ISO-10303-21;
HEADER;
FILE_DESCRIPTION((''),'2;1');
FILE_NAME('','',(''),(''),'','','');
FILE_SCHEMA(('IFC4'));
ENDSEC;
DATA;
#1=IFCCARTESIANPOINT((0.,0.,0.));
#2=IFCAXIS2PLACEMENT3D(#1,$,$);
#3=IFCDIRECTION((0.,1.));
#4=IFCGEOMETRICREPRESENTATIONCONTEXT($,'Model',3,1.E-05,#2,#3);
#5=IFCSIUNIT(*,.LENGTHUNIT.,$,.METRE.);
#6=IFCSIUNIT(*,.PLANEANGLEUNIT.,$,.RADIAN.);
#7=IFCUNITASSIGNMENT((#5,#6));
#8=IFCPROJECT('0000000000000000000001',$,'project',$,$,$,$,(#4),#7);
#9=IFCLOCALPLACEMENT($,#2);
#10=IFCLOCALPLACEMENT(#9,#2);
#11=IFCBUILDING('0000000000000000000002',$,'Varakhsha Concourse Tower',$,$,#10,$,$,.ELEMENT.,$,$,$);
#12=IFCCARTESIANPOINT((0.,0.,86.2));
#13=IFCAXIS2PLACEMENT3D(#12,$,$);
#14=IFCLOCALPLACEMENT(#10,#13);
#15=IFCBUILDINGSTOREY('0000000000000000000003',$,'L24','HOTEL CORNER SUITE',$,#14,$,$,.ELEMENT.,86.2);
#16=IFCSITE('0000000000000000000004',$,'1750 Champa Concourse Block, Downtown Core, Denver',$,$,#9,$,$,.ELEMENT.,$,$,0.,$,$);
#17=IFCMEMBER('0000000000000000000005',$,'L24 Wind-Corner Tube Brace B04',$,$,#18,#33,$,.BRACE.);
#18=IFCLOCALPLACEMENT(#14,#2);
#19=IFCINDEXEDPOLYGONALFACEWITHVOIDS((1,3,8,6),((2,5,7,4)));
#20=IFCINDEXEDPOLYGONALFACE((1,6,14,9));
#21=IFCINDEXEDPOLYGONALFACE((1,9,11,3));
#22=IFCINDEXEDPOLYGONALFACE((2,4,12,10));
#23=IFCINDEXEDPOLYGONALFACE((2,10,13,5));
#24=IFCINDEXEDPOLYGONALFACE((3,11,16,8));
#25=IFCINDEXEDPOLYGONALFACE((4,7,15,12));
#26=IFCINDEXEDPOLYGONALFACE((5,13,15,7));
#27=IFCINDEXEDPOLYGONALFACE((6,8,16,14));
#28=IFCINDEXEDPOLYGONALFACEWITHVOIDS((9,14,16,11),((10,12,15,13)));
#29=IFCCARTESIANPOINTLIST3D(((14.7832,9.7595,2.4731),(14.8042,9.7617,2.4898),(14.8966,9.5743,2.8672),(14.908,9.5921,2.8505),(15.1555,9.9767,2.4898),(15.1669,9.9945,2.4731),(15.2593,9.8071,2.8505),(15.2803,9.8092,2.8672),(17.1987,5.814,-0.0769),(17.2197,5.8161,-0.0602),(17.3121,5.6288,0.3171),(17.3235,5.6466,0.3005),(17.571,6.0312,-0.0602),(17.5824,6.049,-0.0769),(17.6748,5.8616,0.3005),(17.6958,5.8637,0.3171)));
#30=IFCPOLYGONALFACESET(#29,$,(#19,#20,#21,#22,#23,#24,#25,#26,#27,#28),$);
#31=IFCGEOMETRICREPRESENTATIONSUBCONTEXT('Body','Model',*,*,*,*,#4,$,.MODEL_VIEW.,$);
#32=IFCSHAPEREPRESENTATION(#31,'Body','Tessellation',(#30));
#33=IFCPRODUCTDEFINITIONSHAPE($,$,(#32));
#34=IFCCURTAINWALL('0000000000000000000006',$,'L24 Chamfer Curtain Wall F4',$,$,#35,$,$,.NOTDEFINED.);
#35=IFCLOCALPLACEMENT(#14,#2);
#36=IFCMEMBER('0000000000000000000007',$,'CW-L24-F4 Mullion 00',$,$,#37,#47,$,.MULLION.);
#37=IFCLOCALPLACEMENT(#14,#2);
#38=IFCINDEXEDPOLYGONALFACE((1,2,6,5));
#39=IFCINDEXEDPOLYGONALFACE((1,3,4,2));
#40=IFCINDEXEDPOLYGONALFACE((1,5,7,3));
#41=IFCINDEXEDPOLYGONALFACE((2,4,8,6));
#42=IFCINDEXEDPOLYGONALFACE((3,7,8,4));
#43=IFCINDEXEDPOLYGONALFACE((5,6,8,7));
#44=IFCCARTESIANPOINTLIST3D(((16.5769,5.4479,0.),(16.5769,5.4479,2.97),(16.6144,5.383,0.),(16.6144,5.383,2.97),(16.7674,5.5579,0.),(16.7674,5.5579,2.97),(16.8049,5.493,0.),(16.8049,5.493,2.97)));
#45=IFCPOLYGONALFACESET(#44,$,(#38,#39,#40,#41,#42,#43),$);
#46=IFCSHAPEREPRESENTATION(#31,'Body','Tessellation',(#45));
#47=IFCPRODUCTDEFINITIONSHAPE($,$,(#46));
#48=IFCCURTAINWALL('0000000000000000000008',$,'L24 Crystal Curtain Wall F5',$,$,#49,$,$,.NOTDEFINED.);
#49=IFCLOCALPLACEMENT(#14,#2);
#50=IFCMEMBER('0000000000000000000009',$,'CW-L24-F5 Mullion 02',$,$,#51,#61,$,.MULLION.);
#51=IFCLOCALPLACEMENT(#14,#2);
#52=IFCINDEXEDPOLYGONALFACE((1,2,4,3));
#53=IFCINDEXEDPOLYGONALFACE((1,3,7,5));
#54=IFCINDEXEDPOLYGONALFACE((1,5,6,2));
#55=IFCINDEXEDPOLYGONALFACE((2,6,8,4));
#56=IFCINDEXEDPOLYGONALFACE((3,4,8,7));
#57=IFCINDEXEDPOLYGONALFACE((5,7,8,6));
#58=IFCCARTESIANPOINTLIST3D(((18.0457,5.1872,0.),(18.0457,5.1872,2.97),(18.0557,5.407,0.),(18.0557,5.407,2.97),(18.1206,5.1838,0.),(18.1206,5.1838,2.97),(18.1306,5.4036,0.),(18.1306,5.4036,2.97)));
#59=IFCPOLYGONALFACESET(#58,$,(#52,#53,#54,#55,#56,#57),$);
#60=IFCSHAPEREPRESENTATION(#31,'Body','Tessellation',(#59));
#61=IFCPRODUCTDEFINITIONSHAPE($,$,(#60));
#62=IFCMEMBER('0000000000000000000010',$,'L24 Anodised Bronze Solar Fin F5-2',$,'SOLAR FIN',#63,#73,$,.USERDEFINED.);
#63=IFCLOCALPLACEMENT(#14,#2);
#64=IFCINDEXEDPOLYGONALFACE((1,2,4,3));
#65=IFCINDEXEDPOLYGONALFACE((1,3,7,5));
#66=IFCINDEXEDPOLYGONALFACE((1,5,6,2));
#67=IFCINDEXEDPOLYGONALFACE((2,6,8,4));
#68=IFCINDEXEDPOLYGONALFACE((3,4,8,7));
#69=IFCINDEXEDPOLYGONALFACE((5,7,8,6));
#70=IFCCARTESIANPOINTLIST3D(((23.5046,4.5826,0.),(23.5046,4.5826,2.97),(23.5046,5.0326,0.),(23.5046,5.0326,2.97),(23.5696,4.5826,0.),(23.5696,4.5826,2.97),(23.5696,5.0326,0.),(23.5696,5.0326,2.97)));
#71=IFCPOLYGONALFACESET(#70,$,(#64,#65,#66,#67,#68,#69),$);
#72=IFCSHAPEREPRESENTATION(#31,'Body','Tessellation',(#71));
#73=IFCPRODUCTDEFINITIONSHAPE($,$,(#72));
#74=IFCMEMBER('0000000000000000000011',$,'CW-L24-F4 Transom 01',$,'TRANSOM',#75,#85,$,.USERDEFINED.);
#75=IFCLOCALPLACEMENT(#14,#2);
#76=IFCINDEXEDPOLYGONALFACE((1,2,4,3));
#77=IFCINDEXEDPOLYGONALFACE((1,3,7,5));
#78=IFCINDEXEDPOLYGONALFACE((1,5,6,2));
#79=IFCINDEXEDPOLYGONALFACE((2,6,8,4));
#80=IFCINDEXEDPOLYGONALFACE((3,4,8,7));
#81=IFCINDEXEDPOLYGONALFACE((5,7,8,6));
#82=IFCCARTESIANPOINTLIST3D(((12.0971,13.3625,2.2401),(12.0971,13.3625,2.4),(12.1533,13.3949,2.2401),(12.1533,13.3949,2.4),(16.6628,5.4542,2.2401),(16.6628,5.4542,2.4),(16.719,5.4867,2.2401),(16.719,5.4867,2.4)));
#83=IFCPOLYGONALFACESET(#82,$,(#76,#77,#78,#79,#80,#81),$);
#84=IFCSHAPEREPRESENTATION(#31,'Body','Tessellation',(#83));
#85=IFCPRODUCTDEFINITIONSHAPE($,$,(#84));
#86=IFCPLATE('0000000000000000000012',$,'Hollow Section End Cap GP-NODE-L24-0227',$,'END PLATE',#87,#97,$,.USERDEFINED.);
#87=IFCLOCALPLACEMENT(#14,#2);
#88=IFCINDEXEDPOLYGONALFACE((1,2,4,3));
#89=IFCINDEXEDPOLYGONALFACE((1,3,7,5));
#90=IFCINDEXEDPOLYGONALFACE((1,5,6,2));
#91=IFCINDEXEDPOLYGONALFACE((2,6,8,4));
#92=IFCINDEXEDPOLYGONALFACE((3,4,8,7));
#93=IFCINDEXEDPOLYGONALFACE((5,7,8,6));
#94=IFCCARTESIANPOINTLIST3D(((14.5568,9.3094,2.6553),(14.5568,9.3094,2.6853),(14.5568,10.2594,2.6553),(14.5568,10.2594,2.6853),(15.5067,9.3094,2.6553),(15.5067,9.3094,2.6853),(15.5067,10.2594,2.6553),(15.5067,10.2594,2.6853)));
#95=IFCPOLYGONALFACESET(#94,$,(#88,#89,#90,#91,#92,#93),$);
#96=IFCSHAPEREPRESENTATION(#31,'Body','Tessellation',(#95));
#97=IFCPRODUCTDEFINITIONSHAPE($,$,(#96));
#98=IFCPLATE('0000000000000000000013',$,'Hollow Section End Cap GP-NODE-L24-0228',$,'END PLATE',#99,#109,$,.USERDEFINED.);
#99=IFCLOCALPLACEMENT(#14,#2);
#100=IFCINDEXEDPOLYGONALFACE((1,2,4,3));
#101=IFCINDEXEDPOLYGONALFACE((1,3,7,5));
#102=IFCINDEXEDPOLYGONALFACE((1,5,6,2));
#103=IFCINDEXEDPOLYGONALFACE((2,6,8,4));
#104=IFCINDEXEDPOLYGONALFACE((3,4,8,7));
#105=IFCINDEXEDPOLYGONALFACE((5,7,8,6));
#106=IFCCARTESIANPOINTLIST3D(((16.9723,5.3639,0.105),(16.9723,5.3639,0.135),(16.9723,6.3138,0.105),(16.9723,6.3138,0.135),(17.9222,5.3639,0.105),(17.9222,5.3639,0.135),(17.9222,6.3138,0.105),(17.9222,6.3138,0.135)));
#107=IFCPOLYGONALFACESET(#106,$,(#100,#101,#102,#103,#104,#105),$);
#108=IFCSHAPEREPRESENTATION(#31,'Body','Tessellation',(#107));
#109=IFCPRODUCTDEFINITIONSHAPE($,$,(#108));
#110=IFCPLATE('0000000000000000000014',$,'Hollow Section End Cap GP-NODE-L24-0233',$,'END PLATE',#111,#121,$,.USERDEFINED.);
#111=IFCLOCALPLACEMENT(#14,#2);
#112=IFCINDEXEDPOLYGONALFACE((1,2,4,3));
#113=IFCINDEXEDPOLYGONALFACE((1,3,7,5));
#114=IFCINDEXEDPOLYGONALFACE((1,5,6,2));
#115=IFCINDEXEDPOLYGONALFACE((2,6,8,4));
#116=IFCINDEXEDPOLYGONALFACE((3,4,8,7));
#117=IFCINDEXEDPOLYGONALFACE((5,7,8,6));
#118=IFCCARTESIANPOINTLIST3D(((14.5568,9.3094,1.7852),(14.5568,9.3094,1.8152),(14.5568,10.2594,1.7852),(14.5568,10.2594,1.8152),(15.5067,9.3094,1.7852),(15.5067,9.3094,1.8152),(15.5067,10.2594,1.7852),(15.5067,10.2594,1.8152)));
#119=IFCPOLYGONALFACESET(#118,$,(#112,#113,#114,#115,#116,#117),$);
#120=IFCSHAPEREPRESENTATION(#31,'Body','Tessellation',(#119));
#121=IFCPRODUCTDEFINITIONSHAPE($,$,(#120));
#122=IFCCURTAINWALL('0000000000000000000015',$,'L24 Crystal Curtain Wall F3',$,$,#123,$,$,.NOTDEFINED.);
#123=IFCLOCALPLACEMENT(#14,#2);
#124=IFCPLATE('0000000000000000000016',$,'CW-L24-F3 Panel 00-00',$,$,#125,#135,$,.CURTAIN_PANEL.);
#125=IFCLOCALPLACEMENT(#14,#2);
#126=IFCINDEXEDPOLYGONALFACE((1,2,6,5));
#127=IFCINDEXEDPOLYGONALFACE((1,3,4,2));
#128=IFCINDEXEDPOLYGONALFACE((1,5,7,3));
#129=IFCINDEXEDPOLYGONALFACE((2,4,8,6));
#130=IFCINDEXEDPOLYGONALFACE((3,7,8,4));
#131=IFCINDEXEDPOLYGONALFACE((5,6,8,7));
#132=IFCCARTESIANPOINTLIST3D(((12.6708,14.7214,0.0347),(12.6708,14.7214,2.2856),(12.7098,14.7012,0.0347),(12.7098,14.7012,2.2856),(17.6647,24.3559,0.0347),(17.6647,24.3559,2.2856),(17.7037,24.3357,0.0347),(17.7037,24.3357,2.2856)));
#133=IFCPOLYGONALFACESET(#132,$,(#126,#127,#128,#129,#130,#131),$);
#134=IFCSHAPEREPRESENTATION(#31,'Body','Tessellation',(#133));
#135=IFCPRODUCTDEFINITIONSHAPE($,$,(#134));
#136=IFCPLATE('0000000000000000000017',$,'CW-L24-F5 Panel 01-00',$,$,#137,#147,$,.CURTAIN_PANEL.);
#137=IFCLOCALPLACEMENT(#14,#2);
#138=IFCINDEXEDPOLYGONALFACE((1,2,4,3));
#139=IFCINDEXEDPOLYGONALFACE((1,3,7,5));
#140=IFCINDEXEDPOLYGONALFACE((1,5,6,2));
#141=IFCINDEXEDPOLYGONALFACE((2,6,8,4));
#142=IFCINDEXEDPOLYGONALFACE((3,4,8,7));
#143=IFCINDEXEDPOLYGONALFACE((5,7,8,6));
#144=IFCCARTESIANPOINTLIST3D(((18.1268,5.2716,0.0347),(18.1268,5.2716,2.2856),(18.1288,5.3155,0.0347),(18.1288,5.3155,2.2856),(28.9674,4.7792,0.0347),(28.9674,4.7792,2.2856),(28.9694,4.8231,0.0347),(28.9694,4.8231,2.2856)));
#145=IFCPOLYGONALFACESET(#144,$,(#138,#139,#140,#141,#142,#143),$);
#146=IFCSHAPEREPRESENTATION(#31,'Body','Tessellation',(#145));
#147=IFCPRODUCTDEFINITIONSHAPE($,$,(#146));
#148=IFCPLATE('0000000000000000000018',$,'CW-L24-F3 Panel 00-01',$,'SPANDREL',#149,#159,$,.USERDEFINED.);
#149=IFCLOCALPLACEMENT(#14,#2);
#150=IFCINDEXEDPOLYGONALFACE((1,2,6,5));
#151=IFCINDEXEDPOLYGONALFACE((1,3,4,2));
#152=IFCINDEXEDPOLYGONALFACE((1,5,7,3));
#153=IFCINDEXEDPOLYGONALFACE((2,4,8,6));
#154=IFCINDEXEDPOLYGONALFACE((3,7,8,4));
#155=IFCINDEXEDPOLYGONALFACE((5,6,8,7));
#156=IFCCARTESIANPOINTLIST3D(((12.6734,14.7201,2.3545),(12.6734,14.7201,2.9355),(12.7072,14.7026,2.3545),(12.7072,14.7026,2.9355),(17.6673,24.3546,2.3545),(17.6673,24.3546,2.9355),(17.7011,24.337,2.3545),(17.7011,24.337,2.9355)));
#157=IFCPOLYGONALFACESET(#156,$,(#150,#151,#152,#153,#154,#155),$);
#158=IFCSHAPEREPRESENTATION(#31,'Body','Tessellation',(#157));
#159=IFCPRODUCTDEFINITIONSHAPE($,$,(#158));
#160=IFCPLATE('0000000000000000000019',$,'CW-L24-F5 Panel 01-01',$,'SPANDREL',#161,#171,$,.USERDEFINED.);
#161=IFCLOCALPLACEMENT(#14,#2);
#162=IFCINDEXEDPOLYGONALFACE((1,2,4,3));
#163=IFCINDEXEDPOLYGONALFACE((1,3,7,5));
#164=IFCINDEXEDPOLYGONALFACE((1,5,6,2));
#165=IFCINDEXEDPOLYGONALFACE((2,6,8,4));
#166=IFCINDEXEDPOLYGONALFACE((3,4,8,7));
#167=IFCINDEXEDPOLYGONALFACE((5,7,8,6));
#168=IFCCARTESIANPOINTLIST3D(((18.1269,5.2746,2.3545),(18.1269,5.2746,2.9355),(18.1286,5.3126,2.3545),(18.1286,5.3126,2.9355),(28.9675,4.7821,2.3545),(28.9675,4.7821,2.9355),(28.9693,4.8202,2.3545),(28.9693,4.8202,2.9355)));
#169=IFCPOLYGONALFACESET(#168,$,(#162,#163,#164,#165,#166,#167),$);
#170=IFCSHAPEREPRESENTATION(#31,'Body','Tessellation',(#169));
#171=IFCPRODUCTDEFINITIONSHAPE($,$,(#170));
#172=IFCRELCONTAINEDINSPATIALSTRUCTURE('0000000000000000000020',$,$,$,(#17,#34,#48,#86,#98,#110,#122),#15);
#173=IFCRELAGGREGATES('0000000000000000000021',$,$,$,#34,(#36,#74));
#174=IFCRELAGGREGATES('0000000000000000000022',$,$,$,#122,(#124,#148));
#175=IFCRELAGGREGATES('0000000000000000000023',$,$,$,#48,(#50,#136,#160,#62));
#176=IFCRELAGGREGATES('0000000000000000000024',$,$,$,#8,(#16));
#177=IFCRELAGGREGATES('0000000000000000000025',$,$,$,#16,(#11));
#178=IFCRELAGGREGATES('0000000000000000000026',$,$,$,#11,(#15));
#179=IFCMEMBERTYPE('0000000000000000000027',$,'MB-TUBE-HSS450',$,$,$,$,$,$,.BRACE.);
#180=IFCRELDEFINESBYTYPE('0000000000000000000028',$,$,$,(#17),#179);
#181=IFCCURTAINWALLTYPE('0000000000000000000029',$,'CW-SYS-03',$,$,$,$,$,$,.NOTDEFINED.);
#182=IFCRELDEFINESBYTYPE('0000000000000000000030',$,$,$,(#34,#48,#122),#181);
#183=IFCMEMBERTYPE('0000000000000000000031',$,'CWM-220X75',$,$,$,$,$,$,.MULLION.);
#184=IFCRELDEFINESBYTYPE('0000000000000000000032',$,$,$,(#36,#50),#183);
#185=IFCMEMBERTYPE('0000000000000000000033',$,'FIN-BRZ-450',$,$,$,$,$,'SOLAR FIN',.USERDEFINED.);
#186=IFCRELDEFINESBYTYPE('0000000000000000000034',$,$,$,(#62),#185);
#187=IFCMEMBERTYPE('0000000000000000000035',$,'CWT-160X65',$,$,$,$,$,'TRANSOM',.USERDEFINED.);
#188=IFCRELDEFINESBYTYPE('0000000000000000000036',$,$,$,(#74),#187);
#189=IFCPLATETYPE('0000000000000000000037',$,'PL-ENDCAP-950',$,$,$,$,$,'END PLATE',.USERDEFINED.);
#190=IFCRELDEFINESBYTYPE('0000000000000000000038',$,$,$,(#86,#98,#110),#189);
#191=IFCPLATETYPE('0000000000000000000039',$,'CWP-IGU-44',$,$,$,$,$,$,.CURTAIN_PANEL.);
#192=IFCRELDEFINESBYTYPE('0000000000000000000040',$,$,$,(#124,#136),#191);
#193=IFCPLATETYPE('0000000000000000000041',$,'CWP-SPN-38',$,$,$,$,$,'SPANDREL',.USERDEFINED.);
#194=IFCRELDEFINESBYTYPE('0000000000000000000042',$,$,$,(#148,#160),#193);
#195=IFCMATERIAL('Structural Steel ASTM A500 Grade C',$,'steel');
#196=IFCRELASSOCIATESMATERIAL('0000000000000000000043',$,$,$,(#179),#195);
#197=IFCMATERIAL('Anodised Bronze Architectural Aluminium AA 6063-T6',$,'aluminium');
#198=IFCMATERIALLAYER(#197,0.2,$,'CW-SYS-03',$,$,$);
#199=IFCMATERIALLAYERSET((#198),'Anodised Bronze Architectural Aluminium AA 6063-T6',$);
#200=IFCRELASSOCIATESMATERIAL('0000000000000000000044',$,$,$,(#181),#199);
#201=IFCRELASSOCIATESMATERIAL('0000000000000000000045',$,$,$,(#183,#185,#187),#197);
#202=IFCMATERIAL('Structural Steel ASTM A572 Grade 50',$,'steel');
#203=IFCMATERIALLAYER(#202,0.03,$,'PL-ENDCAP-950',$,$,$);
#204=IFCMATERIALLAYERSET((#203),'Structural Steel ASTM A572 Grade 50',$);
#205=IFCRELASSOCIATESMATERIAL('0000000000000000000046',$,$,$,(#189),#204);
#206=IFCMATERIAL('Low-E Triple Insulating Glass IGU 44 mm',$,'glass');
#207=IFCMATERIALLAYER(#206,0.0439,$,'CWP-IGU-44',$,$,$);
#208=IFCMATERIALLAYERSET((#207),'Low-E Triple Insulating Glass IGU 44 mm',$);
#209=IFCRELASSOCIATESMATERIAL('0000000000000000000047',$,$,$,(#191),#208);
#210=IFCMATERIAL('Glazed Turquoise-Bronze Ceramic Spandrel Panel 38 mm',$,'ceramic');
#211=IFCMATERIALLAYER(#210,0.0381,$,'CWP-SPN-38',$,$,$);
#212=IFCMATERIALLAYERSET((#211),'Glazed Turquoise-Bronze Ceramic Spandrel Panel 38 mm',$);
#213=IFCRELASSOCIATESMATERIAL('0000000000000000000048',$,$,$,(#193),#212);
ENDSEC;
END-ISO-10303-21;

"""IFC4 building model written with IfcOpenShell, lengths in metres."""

from ifc_helpers import new_model, si_unit, direction, frame, origin, origin_2d, place, context, subcontext, project, spatial, rectangle, hollow_rectangle, extrude, source, transform, mapped, material, layer, layer_set, material_profile, profile_set, type_object, type_shapes, element, aggregate, save


model = new_model("IFC4")

# Units and contexts
model_context = context("Model", 3, precision=1e-05, world=origin(), true_north=direction((0.0, 1.0)))
body_context = subcontext(model_context, "Body", "Model", "MODEL_VIEW")
ifc_project = project(units=[si_unit("LENGTHUNIT", "METRE"), si_unit("PLANEANGLEUNIT", "RADIAN")], contexts=[model_context])

# Site, building, storey
site_placement = place(None, origin())
site = spatial("IfcSite", under=ifc_project, at=site_placement, Name="1750 Champa Concourse Block, Downtown Core, Denver", CompositionType="ELEMENT", RefElevation=0.0)
building_placement = place(site_placement, origin())
building = spatial("IfcBuilding", under=site, at=building_placement, Name="Varakhsha Concourse Tower", CompositionType="ELEMENT")
storey_placement = place(building_placement, frame((0.0, 0.0, 86.2)))
storey = spatial("IfcBuildingStorey", under=building, at=storey_placement, Name="L24", Description="HOTEL CORNER SUITE", CompositionType="ELEMENT", Elevation=86.2)

# Shared definitions
ifc_material_1 = material(Name="Structural Steel ASTM A572 Grade 50", Category="steel")

# Member
ifc_material_2 = material(Name="Structural Steel ASTM A500 Grade C", Category="steel")
ifc_material_profile_1 = material_profile(ifc_material_2, hollow_rectangle(XDim=0.45, YDim=0.45, WallThickness=0.019, at=origin_2d()), Name="HSS 450x450x19")
ifc_profile_set_1 = profile_set([ifc_material_profile_1], Name="Structural Steel ASTM A500 Grade C")
member_type_1 = type_object("IfcMemberType", Name="MB-TUBE-HSS450", PredefinedType="BRACE", material=ifc_profile_set_1)
shared_shape_1 = source(origin(), body_context, "Body", "SweptSolid", [
    extrude(hollow_rectangle(XDim=0.45, YDim=0.45, WallThickness=0.019, at=origin_2d()), origin(), (0.0, 0.0, 1.0), 5.2825),
])
type_shapes(member_type_1, [shared_shape_1])
member_1_placement = place(storey_placement, frame((17.4473, 5.8389, 0.1201), z_axis=(-0.457269, 0.746909, 0.482734), x_axis=(-0.852863, -0.522135, 0.0)))
element("IfcMember", 1, at=member_1_placement, inside=storey, type_object=member_type_1, Name="L24 Wind-Corner Tube Brace B04", PredefinedType="BRACE", context=body_context, shape_type="MappedRepresentation", body=[
    mapped(shared_shape_1, transform((0.0, 0.0, 0.0), scale=1.0)),
])

# Curtain wall, member
ifc_material_3 = material(Name="Anodised Bronze Architectural Aluminium AA 6063-T6", Category="aluminium")
ifc_layer_1 = layer(ifc_material_3, 0.2, Name="CW-SYS-03")
ifc_layer_set_1 = layer_set([ifc_layer_1], Name="Anodised Bronze Architectural Aluminium AA 6063-T6")
curtain_wall_type = type_object("IfcCurtainWallType", Name="CW-SYS-03", PredefinedType="NOTDEFINED", material=ifc_layer_set_1)
curtain_wall_1_placement = place(storey_placement, origin())
curtain_wall_1 = element("IfcCurtainWall", 2, at=curtain_wall_1_placement, inside=storey, type_object=curtain_wall_type, Name="L24 Chamfer Curtain Wall F4", PredefinedType="NOTDEFINED")
ifc_material_profile_2 = material_profile(ifc_material_3, rectangle(XDim=0.075, YDim=0.22, at=origin_2d()), Name="CWM-220X75")
ifc_profile_set_2 = profile_set([ifc_material_profile_2], Name="Anodised Bronze Architectural Aluminium AA 6063-T6")
member_type_2 = type_object("IfcMemberType", Name="CWM-220X75", PredefinedType="MULLION", material=ifc_profile_set_2)
shared_shape_2 = source(origin(), body_context, "Body", "SweptSolid", [
    extrude(rectangle(XDim=0.075, YDim=0.22, at=origin_2d()), origin(), (0.0, 0.0, 1.0), 2.97),
])
type_shapes(member_type_2, [shared_shape_2])
member_2_placement = place(storey_placement, frame((16.6909, 5.4705, 0.0), z_axis=(0.0, 0.0, 1.0), x_axis=(-0.499997, 0.866027, 0.0)))
member_2 = element("IfcMember", 3, at=member_2_placement, type_object=member_type_2, Name="CW-L24-F4 Mullion 00", PredefinedType="MULLION", context=body_context, shape_type="MappedRepresentation", body=[
    mapped(shared_shape_2, transform((0.0, 0.0, 0.0), scale=1.0)),
])

# Curtain wall, members
curtain_wall_2_placement = place(storey_placement, origin())
curtain_wall_2 = element("IfcCurtainWall", 4, at=curtain_wall_2_placement, inside=storey, type_object=curtain_wall_type, Name="L24 Crystal Curtain Wall F5", PredefinedType="NOTDEFINED")
member_3_placement = place(storey_placement, frame((18.0881, 5.2954, 0.0), z_axis=(0.0, 0.0, 1.0), x_axis=(-0.99897, 0.04538, 0.0)))
member_3 = element("IfcMember", 5, at=member_3_placement, type_object=member_type_2, Name="CW-L24-F5 Mullion 02", PredefinedType="MULLION", context=body_context, shape_type="MappedRepresentation", body=[
    mapped(shared_shape_2, transform((0.0, 0.0, 0.0), scale=1.0)),
])
ifc_material_profile_3 = material_profile(ifc_material_3, rectangle(XDim=0.0649, YDim=0.45, at=origin_2d()), Name="FIN-BRZ-450")
ifc_profile_set_3 = profile_set([ifc_material_profile_3], Name="Anodised Bronze Architectural Aluminium AA 6063-T6")
member_type_3 = type_object("IfcMemberType", Name="FIN-BRZ-450", ElementType="SOLAR FIN", PredefinedType="USERDEFINED", material=ifc_profile_set_3)
shared_shape_3 = source(origin(), body_context, "Body", "SweptSolid", [
    extrude(rectangle(XDim=0.0649, YDim=0.45, at=origin_2d()), origin(), (0.0, 0.0, 1.0), 2.97),
])
type_shapes(member_type_3, [shared_shape_3])
member_4_placement = place(storey_placement, frame((23.5371, 4.8076, 0.0), z_axis=(0.0, 0.0, 1.0), x_axis=(1.0, 0.0, 0.0)))
member_4 = element("IfcMember", 6, at=member_4_placement, type_object=member_type_3, Name="L24 Anodised Bronze Solar Fin F5-2", ObjectType="SOLAR FIN", PredefinedType="USERDEFINED", context=body_context, shape_type="MappedRepresentation", body=[
    mapped(shared_shape_3, transform((0.0, 0.0, 0.0), scale=1.0)),
])

# Member
ifc_material_profile_4 = material_profile(ifc_material_3, rectangle(XDim=0.0649, YDim=0.1599, at=origin_2d()), Name="CWT-160X65")
ifc_profile_set_4 = profile_set([ifc_material_profile_4], Name="Anodised Bronze Architectural Aluminium AA 6063-T6")
member_type_4 = type_object("IfcMemberType", Name="CWT-160X65", ElementType="TRANSOM", PredefinedType="USERDEFINED", material=ifc_profile_set_4)
shared_shape_4 = source(origin(), body_context, "Body", "SweptSolid", [
    extrude(rectangle(XDim=0.0649, YDim=0.1599, at=origin_2d()), origin(), (0.0, 0.0, 1.0), 9.1316),
])
type_shapes(member_type_4, [shared_shape_4])
member_5_placement = place(storey_placement, frame((16.6909, 5.4705, 2.3201), z_axis=(-0.499989, 0.866032, 0.0), x_axis=(-0.866032, -0.499989, 0.0)))
member_5 = element("IfcMember", 7, at=member_5_placement, type_object=member_type_4, Name="CW-L24-F4 Transom 01", ObjectType="TRANSOM", PredefinedType="USERDEFINED", context=body_context, shape_type="MappedRepresentation", body=[
    mapped(shared_shape_4, transform((0.0, 0.0, 0.0), scale=1.0)),
])
aggregate(curtain_wall_1, [member_2, member_5])

# Plates
ifc_layer_2 = layer(ifc_material_1, 0.03, Name="PL-ENDCAP-950")
ifc_layer_set_2 = layer_set([ifc_layer_2], Name="Structural Steel ASTM A572 Grade 50")
plate_type_1 = type_object("IfcPlateType", Name="PL-ENDCAP-950", ElementType="END PLATE", PredefinedType="USERDEFINED", material=ifc_layer_set_2)
shared_shape_5 = source(origin(), body_context, "Body", "SweptSolid", [
    extrude(rectangle(XDim=0.95, YDim=0.95, at=origin_2d()), origin(), (0.0, 0.0, 1.0), 0.03),
])
type_shapes(plate_type_1, [shared_shape_5])
for number, where, z_axis, x_axis, name in (
    (8, (15.0317, 9.7844, 2.6553), (0.0, 0.0, 1.0), (1.0, 0.0, 0.0), "Hollow Section End Cap GP-NODE-L24-0227"),
    (9, (17.4473, 5.8389, 0.105), (0.0, 0.0, 1.0), (1.0, 0.0, 0.0), "Hollow Section End Cap GP-NODE-L24-0228"),
    (10, (15.0317, 9.7844, 1.7852), (0.0, 0.0, 1.0), (1.0, 0.0, 0.0), "Hollow Section End Cap GP-NODE-L24-0233"),
):
    element("IfcPlate", number, at=place(storey_placement, frame(where, z_axis=z_axis, x_axis=x_axis)), inside=storey, type_object=plate_type_1, Name=name, ObjectType="END PLATE", PredefinedType="USERDEFINED", context=body_context, shape_type="MappedRepresentation", body=[
        mapped(shared_shape_5, transform((0.0, 0.0, 0.0), scale=1.0)),
    ])

# Curtain wall, plate
curtain_wall_3_placement = place(storey_placement, origin())
curtain_wall_3 = element("IfcCurtainWall", 11, at=curtain_wall_3_placement, inside=storey, type_object=curtain_wall_type, Name="L24 Crystal Curtain Wall F3", PredefinedType="NOTDEFINED")
ifc_material_4 = material(Name="Low-E Triple Insulating Glass IGU 44 mm", Category="glass")
ifc_layer_3 = layer(ifc_material_4, 0.0439, Name="CWP-IGU-44")
ifc_layer_set_3 = layer_set([ifc_layer_3], Name="Low-E Triple Insulating Glass IGU 44 mm")
plate_type_2 = type_object("IfcPlateType", Name="CWP-IGU-44", PredefinedType="CURTAIN_PANEL", material=ifc_layer_set_3)
shared_shape_6 = source(origin(), body_context, "Body", "SweptSolid", [
    extrude(rectangle(XDim=10.8518, YDim=0.0439, at=origin_2d()), origin(), (0.0, 0.0, 1.0), 2.251),
])
type_shapes(plate_type_2, [shared_shape_6])
plate_1_placement = place(storey_placement, frame((15.1873, 19.5286, 0.0347), z_axis=(0.0, 0.0, 1.0), x_axis=(0.460186, 0.887823, 0.0)))
plate_1 = element("IfcPlate", 12, at=plate_1_placement, type_object=plate_type_2, Name="CW-L24-F3 Panel 00-00", PredefinedType="CURTAIN_PANEL", context=body_context, shape_type="MappedRepresentation", body=[
    mapped(shared_shape_6, transform((0.0, 0.0, 0.0), scale=1.0)),
])

# Plates
plate_2_placement = place(storey_placement, frame((23.5481, 5.0474, 0.0347), z_axis=(0.0, 0.0, 1.0), x_axis=(-0.99897, 0.04538, 0.0)))
plate_2 = element("IfcPlate", 13, at=plate_2_placement, type_object=plate_type_2, Name="CW-L24-F5 Panel 01-00", PredefinedType="CURTAIN_PANEL", context=body_context, shape_type="MappedRepresentation", body=[
    mapped(shared_shape_6, transform((0.0, 0.0, 0.0), scale=1.0)),
])
ifc_material_5 = material(Name="Glazed Turquoise-Bronze Ceramic Spandrel Panel 38 mm", Category="ceramic")
ifc_layer_4 = layer(ifc_material_5, 0.0381, Name="CWP-SPN-38")
ifc_layer_set_4 = layer_set([ifc_layer_4], Name="Glazed Turquoise-Bronze Ceramic Spandrel Panel 38 mm")
plate_type_3 = type_object("IfcPlateType", Name="CWP-SPN-38", ElementType="SPANDREL", PredefinedType="USERDEFINED", material=ifc_layer_set_4)
shared_shape_7 = source(origin(), body_context, "Body", "SweptSolid", [
    extrude(rectangle(XDim=10.8518, YDim=0.0381, at=origin_2d()), origin(), (0.0, 0.0, 1.0), 0.5811),
])
type_shapes(plate_type_3, [shared_shape_7])
plate_3_placement = place(storey_placement, frame((15.1873, 19.5286, 2.3545), z_axis=(0.0, 0.0, 1.0), x_axis=(0.460186, 0.887823, 0.0)))
plate_3 = element("IfcPlate", 14, at=plate_3_placement, type_object=plate_type_3, Name="CW-L24-F3 Panel 00-01", ObjectType="SPANDREL", PredefinedType="USERDEFINED", context=body_context, shape_type="MappedRepresentation", body=[
    mapped(shared_shape_7, transform((0.0, 0.0, 0.0), scale=1.0)),
])
aggregate(curtain_wall_3, [plate_1, plate_3])
plate_4_placement = place(storey_placement, frame((23.5481, 5.0474, 2.3545), z_axis=(0.0, 0.0, 1.0), x_axis=(-0.99897, 0.04538, 0.0)))
plate_4 = element("IfcPlate", 15, at=plate_4_placement, type_object=plate_type_3, Name="CW-L24-F5 Panel 01-01", ObjectType="SPANDREL", PredefinedType="USERDEFINED", context=body_context, shape_type="MappedRepresentation", body=[
    mapped(shared_shape_7, transform((0.0, 0.0, 0.0), scale=1.0)),
])
aggregate(curtain_wall_2, [member_3, plate_2, plate_4, member_4])

save(model, "model.ifc")
